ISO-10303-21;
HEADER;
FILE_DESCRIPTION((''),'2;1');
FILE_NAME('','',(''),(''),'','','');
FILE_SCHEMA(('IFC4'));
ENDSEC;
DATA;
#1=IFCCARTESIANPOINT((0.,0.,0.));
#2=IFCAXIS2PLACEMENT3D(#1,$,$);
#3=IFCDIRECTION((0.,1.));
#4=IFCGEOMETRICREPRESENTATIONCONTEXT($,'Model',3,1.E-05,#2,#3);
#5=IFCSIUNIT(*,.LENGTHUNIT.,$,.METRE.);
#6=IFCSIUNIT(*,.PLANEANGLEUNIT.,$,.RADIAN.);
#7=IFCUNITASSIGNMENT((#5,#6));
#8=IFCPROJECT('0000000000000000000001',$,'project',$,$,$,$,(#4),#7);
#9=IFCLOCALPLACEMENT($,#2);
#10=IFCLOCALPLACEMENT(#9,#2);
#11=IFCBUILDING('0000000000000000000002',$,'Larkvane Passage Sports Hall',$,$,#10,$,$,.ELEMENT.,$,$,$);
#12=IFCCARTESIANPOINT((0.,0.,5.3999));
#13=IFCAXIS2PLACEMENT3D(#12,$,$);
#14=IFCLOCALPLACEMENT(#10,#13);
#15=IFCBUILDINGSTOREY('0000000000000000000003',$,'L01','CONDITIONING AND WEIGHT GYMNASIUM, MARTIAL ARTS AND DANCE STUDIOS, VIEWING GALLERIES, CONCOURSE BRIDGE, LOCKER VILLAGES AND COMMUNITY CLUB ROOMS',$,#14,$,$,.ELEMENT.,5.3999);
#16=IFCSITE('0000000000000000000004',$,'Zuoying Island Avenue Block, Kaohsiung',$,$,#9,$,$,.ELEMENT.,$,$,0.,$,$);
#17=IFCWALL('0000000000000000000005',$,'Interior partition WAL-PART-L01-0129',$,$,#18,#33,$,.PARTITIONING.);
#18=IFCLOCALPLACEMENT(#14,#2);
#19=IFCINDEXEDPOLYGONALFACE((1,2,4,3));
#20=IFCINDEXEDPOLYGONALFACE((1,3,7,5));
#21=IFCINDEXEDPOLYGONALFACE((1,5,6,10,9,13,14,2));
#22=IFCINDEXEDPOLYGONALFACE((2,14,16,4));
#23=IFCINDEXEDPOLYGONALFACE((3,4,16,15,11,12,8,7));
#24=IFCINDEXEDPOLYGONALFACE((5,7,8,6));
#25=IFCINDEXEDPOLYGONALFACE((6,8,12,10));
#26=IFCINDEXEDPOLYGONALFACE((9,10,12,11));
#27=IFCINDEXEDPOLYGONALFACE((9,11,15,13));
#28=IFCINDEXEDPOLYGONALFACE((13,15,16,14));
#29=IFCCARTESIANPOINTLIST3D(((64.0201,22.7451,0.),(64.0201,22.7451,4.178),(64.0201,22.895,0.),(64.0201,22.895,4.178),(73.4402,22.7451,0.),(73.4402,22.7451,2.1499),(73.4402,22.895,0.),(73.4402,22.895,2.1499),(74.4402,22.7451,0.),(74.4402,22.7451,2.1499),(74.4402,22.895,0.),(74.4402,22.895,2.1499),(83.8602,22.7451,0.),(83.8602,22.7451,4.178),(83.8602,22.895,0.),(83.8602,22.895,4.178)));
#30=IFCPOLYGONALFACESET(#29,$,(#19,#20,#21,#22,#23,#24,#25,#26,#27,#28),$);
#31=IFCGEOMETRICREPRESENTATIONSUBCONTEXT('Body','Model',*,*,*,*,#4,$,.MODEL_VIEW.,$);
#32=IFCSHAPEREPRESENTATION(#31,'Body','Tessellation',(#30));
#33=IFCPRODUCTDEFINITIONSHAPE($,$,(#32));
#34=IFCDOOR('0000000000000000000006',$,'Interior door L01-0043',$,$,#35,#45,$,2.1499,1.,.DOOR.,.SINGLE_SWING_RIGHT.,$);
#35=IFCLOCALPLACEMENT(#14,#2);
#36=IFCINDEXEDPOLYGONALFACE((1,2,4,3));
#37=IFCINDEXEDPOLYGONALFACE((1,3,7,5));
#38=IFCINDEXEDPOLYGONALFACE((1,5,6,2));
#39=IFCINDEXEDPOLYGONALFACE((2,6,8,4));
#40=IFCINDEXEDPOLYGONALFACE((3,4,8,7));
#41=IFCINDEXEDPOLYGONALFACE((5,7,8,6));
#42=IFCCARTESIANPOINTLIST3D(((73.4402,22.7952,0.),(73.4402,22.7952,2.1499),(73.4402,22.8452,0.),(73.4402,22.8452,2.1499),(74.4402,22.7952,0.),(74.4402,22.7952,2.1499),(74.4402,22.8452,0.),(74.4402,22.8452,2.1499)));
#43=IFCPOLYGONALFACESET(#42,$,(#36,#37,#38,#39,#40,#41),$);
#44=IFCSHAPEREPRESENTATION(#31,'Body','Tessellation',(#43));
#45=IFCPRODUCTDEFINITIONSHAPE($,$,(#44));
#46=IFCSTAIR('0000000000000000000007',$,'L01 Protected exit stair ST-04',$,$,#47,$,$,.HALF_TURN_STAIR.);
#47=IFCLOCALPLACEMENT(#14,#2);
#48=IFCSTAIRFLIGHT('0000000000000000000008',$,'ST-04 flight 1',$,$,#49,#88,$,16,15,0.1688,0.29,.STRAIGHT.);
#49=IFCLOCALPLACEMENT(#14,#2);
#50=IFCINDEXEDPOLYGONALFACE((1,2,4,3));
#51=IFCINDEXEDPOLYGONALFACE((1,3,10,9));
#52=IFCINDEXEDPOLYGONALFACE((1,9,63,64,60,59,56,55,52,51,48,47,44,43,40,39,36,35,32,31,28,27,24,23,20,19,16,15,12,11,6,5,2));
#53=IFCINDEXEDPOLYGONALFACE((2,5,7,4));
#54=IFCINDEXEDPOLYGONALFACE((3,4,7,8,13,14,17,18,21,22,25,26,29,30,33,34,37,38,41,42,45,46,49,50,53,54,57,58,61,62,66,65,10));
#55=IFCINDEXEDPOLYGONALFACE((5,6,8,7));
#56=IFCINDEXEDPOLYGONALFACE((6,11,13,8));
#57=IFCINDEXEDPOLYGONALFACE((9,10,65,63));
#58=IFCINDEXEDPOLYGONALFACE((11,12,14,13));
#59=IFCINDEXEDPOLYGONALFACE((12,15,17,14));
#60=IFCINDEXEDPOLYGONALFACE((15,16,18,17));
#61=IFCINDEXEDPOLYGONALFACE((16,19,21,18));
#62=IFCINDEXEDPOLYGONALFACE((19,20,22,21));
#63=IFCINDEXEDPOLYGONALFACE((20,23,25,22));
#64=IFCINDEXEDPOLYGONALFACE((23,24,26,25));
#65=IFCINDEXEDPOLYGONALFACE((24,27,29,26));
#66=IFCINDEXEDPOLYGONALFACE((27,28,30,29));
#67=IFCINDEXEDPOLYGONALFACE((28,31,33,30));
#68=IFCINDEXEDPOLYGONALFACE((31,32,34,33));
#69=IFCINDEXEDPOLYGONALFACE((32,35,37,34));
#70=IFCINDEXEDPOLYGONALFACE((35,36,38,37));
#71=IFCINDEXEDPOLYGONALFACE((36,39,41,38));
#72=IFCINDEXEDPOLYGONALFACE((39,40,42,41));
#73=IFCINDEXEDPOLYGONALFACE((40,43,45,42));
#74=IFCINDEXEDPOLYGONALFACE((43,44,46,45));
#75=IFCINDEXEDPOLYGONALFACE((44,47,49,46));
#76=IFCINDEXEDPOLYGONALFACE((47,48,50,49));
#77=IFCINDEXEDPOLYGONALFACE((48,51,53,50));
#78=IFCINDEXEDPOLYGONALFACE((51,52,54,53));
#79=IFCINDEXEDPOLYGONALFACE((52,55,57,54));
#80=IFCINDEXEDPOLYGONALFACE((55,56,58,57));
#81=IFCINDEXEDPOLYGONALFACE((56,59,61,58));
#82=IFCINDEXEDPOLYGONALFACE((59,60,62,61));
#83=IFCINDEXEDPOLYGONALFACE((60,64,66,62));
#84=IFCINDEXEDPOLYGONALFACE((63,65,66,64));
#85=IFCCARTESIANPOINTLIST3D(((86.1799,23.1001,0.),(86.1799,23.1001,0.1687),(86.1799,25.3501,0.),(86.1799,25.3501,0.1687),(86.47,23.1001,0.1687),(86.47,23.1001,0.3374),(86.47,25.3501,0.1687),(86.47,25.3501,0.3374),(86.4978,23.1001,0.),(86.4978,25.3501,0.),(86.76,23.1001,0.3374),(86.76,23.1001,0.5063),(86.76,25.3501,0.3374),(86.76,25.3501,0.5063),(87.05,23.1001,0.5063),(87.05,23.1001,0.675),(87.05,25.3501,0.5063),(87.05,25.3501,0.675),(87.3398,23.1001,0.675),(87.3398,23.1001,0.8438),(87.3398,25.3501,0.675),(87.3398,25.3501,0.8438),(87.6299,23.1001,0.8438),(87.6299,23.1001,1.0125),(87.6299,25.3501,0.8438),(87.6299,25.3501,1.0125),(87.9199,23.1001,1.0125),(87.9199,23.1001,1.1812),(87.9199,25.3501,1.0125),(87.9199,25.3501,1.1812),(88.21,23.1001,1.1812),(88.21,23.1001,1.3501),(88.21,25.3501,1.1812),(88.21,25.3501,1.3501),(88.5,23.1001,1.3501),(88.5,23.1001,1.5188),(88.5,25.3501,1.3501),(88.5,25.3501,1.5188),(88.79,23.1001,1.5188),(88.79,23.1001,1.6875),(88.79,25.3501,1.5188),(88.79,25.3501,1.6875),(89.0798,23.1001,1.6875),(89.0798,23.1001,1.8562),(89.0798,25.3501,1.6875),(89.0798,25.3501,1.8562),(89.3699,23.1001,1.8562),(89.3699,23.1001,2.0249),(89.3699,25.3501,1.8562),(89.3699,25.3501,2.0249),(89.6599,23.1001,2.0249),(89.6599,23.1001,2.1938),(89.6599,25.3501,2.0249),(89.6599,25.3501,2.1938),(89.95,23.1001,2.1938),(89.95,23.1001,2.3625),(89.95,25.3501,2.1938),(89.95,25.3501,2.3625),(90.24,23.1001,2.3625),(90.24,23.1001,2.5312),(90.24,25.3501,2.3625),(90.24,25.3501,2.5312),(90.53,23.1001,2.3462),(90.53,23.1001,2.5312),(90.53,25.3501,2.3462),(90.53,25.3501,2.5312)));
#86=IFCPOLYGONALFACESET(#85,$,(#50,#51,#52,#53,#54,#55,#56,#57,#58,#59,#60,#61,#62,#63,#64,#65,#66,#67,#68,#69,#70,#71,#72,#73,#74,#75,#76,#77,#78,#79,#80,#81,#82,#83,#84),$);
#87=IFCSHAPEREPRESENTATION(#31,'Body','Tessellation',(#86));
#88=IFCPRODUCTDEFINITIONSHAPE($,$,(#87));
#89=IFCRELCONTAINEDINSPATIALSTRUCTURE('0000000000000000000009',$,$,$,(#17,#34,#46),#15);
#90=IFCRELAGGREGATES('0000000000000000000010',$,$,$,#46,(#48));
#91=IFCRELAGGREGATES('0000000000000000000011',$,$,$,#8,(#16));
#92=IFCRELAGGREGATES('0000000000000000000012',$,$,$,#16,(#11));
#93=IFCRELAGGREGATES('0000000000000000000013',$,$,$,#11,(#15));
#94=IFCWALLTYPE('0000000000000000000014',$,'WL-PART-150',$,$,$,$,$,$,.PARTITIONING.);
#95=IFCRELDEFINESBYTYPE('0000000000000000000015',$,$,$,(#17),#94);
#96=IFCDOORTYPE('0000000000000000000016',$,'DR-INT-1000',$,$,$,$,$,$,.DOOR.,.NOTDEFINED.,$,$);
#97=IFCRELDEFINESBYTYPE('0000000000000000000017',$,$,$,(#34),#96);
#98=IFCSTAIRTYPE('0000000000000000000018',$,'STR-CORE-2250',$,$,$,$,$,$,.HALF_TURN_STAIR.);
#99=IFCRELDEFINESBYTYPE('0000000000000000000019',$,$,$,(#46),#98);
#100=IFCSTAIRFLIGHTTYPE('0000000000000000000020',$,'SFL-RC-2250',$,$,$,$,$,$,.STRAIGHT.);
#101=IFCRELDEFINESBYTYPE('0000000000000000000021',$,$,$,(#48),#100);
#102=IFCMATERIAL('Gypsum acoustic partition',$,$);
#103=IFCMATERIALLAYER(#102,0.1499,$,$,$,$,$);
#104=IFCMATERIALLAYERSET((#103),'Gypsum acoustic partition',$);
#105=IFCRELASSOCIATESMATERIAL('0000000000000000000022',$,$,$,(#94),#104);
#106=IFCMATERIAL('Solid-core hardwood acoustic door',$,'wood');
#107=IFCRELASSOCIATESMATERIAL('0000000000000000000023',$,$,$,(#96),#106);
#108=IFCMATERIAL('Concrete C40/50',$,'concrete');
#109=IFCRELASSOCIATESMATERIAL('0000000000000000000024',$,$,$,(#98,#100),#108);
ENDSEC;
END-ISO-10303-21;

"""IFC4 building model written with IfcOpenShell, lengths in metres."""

from ifc_helpers import new_model, si_unit, direction, frame, frame_2d, origin, place, context, subcontext, project, spatial, polyline, rectangle, outline, extrude, material, layer, layer_set, type_object, element, fill, aggregate, save


model = new_model("IFC4")

# Units and contexts
model_context = context("Model", 3, precision=1e-05, world=origin(), true_north=direction((0.0, 1.0)))
body_context = subcontext(model_context, "Body", "Model", "MODEL_VIEW")
ifc_project = project(units=[si_unit("LENGTHUNIT", "METRE"), si_unit("PLANEANGLEUNIT", "RADIAN")], contexts=[model_context])

# Site, building, storey
site_placement = place(None, origin())
site = spatial("IfcSite", under=ifc_project, at=site_placement, Name="Zuoying Island Avenue Block, Kaohsiung", CompositionType="ELEMENT", RefElevation=0.0)
building_placement = place(site_placement, origin())
building = spatial("IfcBuilding", under=site, at=building_placement, Name="Larkvane Passage Sports Hall", CompositionType="ELEMENT")
storey_placement = place(building_placement, frame((0.0, 0.0, 5.3999)))
storey = spatial("IfcBuildingStorey", under=building, at=storey_placement, Name="L01", Description="CONDITIONING AND WEIGHT GYMNASIUM, MARTIAL ARTS AND DANCE STUDIOS, VIEWING GALLERIES, CONCOURSE BRIDGE, LOCKER VILLAGES AND COMMUNITY CLUB ROOMS", CompositionType="ELEMENT", Elevation=5.3999)

# Wall, opening, door
ifc_material_1 = material(Name="Gypsum acoustic partition")
ifc_layer_1 = layer(ifc_material_1, 0.1499)
ifc_layer_set_1 = layer_set([ifc_layer_1], Name="Gypsum acoustic partition")
wall_type_1 = type_object("IfcWallType", Name="WL-PART-150", PredefinedType="PARTITIONING", material=ifc_layer_set_1)
wall_1_placement = place(storey_placement, frame((83.8601, 22.8201, 0.0), z_axis=(0.0, 0.0, 1.0), x_axis=(-1.0, 0.0, 0.0)))
wall_1 = element("IfcWall", 1, at=wall_1_placement, inside=storey, type_object=wall_type_1, Name="Interior partition WAL-PART-L01-0129", PredefinedType="PARTITIONING", context=body_context, shape_type="SweptSolid", body=[
    extrude(rectangle(XDim=19.8401, YDim=0.1499, at=frame_2d((9.9199, 0.0))), origin(), (0.0, 0.0, 1.0), 4.178),
])
opening_placement = place(wall_1_placement, frame((9.4199, 0.0, 0.0)))
opening = element("IfcOpeningElement", 2, at=opening_placement, cuts=wall_1, PredefinedType="OPENING", context=body_context, shape_type="SweptSolid", body=[
    extrude(rectangle(XDim=1.0, YDim=2.1499, at=frame_2d((0.5, 1.075))), frame((0.0, 0.085, 0.0), z_axis=(0.0, -1.0, 0.0), x_axis=(1.0, 0.0, 0.0)), (0.0, 0.0, 1.0), 0.1699),
])
ifc_material_2 = material(Name="Solid-core hardwood acoustic door", Category="wood")
door_type = type_object("IfcDoorType", Name="DR-INT-1000", OperationType="NOTDEFINED", PredefinedType="DOOR", material=ifc_material_2)
door_placement = place(opening_placement, origin())
door = element("IfcDoor", 3, at=door_placement, inside=storey, type_object=door_type, Name="Interior door L01-0043", OperationType="SINGLE_SWING_RIGHT", OverallHeight=2.1499, OverallWidth=1.0, PredefinedType="DOOR", context=body_context, shape_type="SweptSolid", body=[
    extrude(rectangle(XDim=1.0, YDim=2.1499, at=frame_2d((0.5, 1.075))), frame((0.0, 0.0249, 0.0), z_axis=(0.0, -1.0, 0.0), x_axis=(1.0, 0.0, 0.0)), (0.0, 0.0, 1.0), 0.05),
])
fill(opening, door)

# Stair, stair flight
ifc_material_3 = material(Name="Concrete C40/50", Category="concrete")
stair_type = type_object("IfcStairType", Name="STR-CORE-2250", PredefinedType="HALF_TURN_STAIR", material=ifc_material_3)
stair_placement = place(storey_placement, origin())
stair = element("IfcStair", 4, at=stair_placement, inside=storey, type_object=stair_type, Name="L01 Protected exit stair ST-04", PredefinedType="HALF_TURN_STAIR")
stair_flight_type = type_object("IfcStairFlightType", Name="SFL-RC-2250", PredefinedType="STRAIGHT", material=ifc_material_3)
stair_flight_placement = place(storey_placement, frame((86.1799, 24.2251, 0.0), z_axis=(0.0, 0.0, 1.0), x_axis=(1.0, 0.0, 0.0)))
stair_flight = element("IfcStairFlight", 5, at=stair_flight_placement, type_object=stair_flight_type, Name="ST-04 flight 1", NumberOfRisers=16, NumberOfTreads=15, PredefinedType="STRAIGHT", RiserHeight=0.1688, TreadLength=0.29, context=body_context, shape_type="SweptSolid", body=[
    extrude(outline(polyline([(0.0, 0.0), (0.0, 0.1687), (0.29, 0.1687), (0.29, 0.3374), (0.5801, 0.3374), (0.5801, 0.5063), (0.8701, 0.5063), (0.8701, 0.675), (1.1599, 0.675), (1.1599, 0.8438), (1.45, 0.8438), (1.45, 1.0125), (1.74, 1.0125), (1.74, 1.1812), (2.03, 1.1812), (2.03, 1.3501), (2.3201, 1.3501), (2.3201, 1.5188), (2.6101, 1.5188), (2.6101, 1.6875), (2.8999, 1.6875), (2.8999, 1.8562), (3.1899, 1.8562), (3.1899, 2.0249), (3.48, 2.0249), (3.48, 2.1938), (3.77, 2.1938), (3.77, 2.3625), (4.0601, 2.3625), (4.0601, 2.5312), (4.3501, 2.5312), (4.3501, 2.7), (4.3501, 2.3462), (0.3179, 0.0), (0.0, 0.0)])), frame((0.0, 1.125, 0.0), z_axis=(0.0, -1.0, 0.0), x_axis=(1.0, 0.0, 0.0)), (0.0, 0.0, 1.0), 2.25),
])
aggregate(stair, [stair_flight])

save(model, "model.ifc")
